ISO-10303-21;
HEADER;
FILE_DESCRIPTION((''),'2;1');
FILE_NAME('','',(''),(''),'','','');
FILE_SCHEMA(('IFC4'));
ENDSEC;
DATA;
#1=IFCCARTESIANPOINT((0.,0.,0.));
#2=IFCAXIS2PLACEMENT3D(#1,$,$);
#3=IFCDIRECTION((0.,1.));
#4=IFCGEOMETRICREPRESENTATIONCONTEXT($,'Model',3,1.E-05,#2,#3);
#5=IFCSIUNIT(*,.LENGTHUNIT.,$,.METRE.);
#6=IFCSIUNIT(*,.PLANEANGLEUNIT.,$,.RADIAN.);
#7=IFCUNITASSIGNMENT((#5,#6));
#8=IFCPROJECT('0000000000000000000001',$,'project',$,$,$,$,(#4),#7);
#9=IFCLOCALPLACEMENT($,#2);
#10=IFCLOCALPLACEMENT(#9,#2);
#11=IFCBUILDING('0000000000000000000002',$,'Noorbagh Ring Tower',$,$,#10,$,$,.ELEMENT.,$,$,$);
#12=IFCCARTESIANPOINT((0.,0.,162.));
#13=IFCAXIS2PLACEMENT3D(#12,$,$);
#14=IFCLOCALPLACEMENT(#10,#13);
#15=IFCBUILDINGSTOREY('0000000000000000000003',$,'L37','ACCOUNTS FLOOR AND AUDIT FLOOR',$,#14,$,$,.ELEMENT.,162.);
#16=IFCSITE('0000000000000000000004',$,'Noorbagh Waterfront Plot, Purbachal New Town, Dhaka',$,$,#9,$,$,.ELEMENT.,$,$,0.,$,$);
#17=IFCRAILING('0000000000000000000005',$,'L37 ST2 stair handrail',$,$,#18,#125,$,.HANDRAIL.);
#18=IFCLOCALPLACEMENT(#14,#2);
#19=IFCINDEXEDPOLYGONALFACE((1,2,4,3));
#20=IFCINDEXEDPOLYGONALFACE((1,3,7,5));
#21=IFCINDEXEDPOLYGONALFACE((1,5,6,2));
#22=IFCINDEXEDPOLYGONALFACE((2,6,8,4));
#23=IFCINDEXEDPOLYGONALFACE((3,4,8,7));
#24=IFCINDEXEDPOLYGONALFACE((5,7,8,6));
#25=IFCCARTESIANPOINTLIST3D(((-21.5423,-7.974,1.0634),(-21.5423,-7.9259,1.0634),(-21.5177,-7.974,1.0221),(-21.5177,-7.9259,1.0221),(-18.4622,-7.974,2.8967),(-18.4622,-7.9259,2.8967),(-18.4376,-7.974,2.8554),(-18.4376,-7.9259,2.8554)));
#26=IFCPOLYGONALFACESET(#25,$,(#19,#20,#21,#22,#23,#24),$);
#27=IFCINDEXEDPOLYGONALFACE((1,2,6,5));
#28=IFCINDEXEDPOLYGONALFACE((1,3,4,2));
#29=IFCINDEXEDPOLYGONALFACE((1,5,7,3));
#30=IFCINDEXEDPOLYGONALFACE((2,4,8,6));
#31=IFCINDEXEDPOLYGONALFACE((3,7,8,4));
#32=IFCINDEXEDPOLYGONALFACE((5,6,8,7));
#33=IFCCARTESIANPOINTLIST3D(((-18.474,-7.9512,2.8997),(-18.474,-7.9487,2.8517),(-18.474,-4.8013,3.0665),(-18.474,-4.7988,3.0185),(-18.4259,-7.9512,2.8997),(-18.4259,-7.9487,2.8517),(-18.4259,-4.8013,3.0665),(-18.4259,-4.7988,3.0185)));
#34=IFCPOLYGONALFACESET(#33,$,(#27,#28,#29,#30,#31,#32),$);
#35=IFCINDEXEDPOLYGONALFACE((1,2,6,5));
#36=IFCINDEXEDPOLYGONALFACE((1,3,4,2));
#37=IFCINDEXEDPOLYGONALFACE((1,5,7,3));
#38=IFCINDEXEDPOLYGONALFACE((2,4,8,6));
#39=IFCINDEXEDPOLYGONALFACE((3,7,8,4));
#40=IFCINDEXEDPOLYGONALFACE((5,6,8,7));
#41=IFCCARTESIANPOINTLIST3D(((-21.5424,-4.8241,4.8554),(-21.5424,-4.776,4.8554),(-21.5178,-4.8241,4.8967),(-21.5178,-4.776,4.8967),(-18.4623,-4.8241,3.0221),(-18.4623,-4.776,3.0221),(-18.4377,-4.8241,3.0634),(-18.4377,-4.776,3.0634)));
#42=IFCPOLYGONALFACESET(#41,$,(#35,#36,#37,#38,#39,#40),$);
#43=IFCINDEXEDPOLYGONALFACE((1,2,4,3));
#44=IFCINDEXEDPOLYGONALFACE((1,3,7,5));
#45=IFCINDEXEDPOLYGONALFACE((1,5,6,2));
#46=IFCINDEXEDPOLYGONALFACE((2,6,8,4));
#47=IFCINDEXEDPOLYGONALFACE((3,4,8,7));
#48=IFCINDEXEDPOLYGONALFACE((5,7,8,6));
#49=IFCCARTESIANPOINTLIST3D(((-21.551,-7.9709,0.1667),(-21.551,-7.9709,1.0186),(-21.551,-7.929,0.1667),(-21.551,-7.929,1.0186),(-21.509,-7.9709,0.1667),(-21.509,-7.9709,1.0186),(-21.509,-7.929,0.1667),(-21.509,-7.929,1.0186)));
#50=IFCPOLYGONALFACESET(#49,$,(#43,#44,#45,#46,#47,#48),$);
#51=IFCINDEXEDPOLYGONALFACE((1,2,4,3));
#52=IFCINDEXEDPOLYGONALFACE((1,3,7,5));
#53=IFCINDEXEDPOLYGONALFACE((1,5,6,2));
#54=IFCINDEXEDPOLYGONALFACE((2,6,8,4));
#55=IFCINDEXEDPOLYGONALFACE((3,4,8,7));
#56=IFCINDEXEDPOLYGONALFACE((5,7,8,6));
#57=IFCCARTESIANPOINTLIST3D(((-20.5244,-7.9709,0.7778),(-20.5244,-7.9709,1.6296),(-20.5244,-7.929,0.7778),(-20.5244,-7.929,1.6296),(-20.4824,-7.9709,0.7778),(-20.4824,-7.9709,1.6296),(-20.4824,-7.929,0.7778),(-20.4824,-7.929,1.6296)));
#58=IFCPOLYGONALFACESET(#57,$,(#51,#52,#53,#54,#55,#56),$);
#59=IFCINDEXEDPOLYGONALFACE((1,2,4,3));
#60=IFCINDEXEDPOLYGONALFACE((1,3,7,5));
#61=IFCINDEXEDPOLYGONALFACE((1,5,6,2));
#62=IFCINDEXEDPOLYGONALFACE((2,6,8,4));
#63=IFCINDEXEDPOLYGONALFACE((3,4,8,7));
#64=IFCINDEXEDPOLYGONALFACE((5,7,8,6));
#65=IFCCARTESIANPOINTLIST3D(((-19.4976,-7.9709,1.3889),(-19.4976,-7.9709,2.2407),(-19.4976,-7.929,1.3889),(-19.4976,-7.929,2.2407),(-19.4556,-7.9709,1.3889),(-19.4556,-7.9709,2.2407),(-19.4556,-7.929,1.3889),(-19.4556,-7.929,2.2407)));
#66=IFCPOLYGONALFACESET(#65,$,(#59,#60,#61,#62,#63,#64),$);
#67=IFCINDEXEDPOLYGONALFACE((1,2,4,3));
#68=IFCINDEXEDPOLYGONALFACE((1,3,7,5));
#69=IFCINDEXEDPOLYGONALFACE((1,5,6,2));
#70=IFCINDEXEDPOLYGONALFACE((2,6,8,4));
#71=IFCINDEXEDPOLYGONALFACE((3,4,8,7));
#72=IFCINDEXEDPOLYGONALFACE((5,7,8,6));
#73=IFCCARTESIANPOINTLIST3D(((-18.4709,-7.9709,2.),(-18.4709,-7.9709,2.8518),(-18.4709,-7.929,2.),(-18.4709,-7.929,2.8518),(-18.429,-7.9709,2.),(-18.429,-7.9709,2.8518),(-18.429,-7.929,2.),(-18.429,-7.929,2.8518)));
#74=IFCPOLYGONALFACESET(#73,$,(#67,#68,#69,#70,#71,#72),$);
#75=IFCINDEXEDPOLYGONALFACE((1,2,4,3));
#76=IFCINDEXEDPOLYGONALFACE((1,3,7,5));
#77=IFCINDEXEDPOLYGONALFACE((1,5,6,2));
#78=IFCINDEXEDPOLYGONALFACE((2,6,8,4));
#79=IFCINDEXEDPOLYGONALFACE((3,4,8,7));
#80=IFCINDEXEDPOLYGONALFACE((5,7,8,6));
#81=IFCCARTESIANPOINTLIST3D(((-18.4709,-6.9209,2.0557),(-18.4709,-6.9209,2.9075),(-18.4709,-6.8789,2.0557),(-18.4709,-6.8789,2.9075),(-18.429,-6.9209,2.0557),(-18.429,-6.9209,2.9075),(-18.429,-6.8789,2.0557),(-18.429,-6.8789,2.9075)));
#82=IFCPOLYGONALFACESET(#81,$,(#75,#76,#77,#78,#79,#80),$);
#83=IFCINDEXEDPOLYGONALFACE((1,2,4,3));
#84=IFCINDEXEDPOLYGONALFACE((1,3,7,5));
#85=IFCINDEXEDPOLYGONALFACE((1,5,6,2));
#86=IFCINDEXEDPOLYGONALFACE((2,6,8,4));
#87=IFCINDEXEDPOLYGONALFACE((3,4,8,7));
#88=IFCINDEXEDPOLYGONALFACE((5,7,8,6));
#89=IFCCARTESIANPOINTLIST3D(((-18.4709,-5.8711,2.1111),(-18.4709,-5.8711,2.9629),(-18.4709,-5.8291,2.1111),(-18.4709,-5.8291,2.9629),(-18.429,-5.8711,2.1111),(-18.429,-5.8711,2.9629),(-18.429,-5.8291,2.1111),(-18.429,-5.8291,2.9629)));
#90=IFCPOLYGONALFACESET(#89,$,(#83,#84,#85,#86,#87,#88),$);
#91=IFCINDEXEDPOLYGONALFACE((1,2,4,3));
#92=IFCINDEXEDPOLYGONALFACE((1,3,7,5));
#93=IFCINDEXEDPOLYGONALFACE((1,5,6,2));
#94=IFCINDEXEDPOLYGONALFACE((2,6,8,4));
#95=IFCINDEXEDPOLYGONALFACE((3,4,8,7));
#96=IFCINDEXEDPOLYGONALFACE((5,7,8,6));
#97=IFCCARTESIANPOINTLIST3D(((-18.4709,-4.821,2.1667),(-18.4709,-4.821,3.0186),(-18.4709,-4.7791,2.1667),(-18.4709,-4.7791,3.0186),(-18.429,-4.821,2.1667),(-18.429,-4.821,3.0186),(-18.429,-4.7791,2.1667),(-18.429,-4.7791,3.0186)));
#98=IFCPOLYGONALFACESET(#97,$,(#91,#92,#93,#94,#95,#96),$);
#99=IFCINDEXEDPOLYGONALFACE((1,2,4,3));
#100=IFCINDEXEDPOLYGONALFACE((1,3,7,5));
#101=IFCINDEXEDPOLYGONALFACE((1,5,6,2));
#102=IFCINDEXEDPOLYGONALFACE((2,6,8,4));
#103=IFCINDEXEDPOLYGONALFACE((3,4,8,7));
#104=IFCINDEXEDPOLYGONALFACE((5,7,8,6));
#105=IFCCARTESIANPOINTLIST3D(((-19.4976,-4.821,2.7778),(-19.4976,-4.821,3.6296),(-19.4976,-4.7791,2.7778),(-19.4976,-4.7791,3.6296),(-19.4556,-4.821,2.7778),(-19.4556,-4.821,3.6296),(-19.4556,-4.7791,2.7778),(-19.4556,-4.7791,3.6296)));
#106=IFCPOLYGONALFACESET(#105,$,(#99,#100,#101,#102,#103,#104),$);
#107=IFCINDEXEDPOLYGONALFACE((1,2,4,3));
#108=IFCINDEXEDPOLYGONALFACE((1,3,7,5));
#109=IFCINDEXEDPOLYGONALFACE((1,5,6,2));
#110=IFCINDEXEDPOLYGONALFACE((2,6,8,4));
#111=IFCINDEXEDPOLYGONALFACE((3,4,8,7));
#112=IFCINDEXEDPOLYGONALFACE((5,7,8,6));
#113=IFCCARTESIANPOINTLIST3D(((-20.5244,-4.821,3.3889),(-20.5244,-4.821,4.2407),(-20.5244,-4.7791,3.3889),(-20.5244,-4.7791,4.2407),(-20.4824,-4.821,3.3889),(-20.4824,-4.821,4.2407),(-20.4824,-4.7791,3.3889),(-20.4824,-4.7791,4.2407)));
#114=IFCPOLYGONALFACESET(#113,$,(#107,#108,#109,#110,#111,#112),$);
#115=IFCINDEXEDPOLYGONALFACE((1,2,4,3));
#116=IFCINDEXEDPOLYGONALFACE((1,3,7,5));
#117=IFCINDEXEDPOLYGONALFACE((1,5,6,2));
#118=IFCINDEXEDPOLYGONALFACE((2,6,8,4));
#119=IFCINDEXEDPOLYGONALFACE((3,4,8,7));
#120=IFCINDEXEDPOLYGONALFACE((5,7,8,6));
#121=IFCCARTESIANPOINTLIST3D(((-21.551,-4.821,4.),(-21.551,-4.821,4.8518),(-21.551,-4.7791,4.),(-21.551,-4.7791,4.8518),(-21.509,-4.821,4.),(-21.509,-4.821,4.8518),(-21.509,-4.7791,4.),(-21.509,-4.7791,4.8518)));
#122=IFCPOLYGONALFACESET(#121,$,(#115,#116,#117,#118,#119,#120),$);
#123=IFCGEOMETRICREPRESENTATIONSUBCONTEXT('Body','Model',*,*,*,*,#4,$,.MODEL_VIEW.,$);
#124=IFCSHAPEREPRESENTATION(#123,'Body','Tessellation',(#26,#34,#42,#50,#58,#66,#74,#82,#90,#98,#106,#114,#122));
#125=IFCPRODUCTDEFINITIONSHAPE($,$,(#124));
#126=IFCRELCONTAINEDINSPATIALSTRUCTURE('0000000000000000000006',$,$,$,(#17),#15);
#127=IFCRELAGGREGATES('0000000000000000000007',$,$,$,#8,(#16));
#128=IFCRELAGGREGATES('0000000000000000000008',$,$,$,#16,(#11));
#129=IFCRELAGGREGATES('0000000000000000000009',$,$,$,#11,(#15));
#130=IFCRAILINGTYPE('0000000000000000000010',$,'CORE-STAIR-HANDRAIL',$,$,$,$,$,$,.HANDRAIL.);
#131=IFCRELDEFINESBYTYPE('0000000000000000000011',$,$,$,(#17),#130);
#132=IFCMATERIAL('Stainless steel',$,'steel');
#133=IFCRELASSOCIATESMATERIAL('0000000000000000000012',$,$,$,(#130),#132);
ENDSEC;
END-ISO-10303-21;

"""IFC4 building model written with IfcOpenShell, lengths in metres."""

from ifc_helpers import new_model, si_unit, direction, frame, origin, origin_2d, place, context, subcontext, project, spatial, rectangle, extrude, material, type_object, element, save


model = new_model("IFC4")

# Units and contexts
model_context = context("Model", 3, precision=1e-05, world=origin(), true_north=direction((0.0, 1.0)))
body_context = subcontext(model_context, "Body", "Model", "MODEL_VIEW")
ifc_project = project(units=[si_unit("LENGTHUNIT", "METRE"), si_unit("PLANEANGLEUNIT", "RADIAN")], contexts=[model_context])

# Site, building, storey
site_placement = place(None, origin())
site = spatial("IfcSite", under=ifc_project, at=site_placement, Name="Noorbagh Waterfront Plot, Purbachal New Town, Dhaka", CompositionType="ELEMENT", RefElevation=0.0)
building_placement = place(site_placement, origin())
building = spatial("IfcBuilding", under=site, at=building_placement, Name="Noorbagh Ring Tower", CompositionType="ELEMENT")
storey_placement = place(building_placement, frame((0.0, 0.0, 162.0)))
storey = spatial("IfcBuildingStorey", under=building, at=storey_placement, Name="L37", Description="ACCOUNTS FLOOR AND AUDIT FLOOR", CompositionType="ELEMENT", Elevation=162.0)

# Railing
ifc_material_1 = material(Name="Stainless steel", Category="steel")
railing_type_1 = type_object("IfcRailingType", Name="CORE-STAIR-HANDRAIL", PredefinedType="HANDRAIL", material=ifc_material_1)
railing_1_placement = place(storey_placement, frame((-21.53, -7.95, 0.1667)))
element("IfcRailing", 1, at=railing_1_placement, inside=storey, type_object=railing_type_1, Name="L37 ST2 stair handrail", PredefinedType="HANDRAIL", context=body_context, shape_type="SweptSolid", body=[
    extrude(rectangle(XDim=0.0481, YDim=0.0481, at=origin_2d()), frame((0.0, 0.0, 0.876), z_axis=(0.859309, 0.0, 0.511458), x_axis=(0.0, 1.0, 0.0)), (0.0, 0.0, 1.0), 3.5845),
    extrude(rectangle(XDim=0.0481, YDim=0.0481, at=origin_2d()), frame((3.0801, 0.0, 2.709), z_axis=(0.0, 0.998602, 0.052864), x_axis=(-1.0, 0.0, 0.0)), (0.0, 0.0, 1.0), 3.1543),
    extrude(rectangle(XDim=0.0481, YDim=0.0481, at=origin_2d()), frame((3.0801, 3.1499, 2.876), z_axis=(-0.859309, 0.0, 0.511458), x_axis=(0.0, -1.0, 0.0)), (0.0, 0.0, 1.0), 3.5845),
    extrude(rectangle(XDim=0.042, YDim=0.042, at=origin_2d()), origin(), (0.0, 0.0, 1.0), 0.8518),
    extrude(rectangle(XDim=0.042, YDim=0.042, at=origin_2d()), frame((1.0266, 0.0, 0.6111)), (0.0, 0.0, 1.0), 0.8518),
    extrude(rectangle(XDim=0.042, YDim=0.042, at=origin_2d()), frame((2.0535, 0.0, 1.2222)), (0.0, 0.0, 1.0), 0.8518),
    extrude(rectangle(XDim=0.042, YDim=0.042, at=origin_2d()), frame((3.0801, 0.0, 1.8333)), (0.0, 0.0, 1.0), 0.8518),
    extrude(rectangle(XDim=0.042, YDim=0.042, at=origin_2d()), frame((3.0801, 1.05, 1.8889)), (0.0, 0.0, 1.0), 0.8518),
    extrude(rectangle(XDim=0.042, YDim=0.042, at=origin_2d()), frame((3.0801, 2.0999, 1.9443)), (0.0, 0.0, 1.0), 0.8518),
    extrude(rectangle(XDim=0.042, YDim=0.042, at=origin_2d()), frame((3.0801, 3.1499, 2.0)), (0.0, 0.0, 1.0), 0.8518),
    extrude(rectangle(XDim=0.042, YDim=0.042, at=origin_2d()), frame((2.0535, 3.1499, 2.6111)), (0.0, 0.0, 1.0), 0.8518),
    extrude(rectangle(XDim=0.042, YDim=0.042, at=origin_2d()), frame((1.0266, 3.1499, 3.2222)), (0.0, 0.0, 1.0), 0.8518),
    extrude(rectangle(XDim=0.042, YDim=0.042, at=origin_2d()), frame((0.0, 3.1499, 3.8333)), (0.0, 0.0, 1.0), 0.8518),
])

save(model, "model.ifc")
